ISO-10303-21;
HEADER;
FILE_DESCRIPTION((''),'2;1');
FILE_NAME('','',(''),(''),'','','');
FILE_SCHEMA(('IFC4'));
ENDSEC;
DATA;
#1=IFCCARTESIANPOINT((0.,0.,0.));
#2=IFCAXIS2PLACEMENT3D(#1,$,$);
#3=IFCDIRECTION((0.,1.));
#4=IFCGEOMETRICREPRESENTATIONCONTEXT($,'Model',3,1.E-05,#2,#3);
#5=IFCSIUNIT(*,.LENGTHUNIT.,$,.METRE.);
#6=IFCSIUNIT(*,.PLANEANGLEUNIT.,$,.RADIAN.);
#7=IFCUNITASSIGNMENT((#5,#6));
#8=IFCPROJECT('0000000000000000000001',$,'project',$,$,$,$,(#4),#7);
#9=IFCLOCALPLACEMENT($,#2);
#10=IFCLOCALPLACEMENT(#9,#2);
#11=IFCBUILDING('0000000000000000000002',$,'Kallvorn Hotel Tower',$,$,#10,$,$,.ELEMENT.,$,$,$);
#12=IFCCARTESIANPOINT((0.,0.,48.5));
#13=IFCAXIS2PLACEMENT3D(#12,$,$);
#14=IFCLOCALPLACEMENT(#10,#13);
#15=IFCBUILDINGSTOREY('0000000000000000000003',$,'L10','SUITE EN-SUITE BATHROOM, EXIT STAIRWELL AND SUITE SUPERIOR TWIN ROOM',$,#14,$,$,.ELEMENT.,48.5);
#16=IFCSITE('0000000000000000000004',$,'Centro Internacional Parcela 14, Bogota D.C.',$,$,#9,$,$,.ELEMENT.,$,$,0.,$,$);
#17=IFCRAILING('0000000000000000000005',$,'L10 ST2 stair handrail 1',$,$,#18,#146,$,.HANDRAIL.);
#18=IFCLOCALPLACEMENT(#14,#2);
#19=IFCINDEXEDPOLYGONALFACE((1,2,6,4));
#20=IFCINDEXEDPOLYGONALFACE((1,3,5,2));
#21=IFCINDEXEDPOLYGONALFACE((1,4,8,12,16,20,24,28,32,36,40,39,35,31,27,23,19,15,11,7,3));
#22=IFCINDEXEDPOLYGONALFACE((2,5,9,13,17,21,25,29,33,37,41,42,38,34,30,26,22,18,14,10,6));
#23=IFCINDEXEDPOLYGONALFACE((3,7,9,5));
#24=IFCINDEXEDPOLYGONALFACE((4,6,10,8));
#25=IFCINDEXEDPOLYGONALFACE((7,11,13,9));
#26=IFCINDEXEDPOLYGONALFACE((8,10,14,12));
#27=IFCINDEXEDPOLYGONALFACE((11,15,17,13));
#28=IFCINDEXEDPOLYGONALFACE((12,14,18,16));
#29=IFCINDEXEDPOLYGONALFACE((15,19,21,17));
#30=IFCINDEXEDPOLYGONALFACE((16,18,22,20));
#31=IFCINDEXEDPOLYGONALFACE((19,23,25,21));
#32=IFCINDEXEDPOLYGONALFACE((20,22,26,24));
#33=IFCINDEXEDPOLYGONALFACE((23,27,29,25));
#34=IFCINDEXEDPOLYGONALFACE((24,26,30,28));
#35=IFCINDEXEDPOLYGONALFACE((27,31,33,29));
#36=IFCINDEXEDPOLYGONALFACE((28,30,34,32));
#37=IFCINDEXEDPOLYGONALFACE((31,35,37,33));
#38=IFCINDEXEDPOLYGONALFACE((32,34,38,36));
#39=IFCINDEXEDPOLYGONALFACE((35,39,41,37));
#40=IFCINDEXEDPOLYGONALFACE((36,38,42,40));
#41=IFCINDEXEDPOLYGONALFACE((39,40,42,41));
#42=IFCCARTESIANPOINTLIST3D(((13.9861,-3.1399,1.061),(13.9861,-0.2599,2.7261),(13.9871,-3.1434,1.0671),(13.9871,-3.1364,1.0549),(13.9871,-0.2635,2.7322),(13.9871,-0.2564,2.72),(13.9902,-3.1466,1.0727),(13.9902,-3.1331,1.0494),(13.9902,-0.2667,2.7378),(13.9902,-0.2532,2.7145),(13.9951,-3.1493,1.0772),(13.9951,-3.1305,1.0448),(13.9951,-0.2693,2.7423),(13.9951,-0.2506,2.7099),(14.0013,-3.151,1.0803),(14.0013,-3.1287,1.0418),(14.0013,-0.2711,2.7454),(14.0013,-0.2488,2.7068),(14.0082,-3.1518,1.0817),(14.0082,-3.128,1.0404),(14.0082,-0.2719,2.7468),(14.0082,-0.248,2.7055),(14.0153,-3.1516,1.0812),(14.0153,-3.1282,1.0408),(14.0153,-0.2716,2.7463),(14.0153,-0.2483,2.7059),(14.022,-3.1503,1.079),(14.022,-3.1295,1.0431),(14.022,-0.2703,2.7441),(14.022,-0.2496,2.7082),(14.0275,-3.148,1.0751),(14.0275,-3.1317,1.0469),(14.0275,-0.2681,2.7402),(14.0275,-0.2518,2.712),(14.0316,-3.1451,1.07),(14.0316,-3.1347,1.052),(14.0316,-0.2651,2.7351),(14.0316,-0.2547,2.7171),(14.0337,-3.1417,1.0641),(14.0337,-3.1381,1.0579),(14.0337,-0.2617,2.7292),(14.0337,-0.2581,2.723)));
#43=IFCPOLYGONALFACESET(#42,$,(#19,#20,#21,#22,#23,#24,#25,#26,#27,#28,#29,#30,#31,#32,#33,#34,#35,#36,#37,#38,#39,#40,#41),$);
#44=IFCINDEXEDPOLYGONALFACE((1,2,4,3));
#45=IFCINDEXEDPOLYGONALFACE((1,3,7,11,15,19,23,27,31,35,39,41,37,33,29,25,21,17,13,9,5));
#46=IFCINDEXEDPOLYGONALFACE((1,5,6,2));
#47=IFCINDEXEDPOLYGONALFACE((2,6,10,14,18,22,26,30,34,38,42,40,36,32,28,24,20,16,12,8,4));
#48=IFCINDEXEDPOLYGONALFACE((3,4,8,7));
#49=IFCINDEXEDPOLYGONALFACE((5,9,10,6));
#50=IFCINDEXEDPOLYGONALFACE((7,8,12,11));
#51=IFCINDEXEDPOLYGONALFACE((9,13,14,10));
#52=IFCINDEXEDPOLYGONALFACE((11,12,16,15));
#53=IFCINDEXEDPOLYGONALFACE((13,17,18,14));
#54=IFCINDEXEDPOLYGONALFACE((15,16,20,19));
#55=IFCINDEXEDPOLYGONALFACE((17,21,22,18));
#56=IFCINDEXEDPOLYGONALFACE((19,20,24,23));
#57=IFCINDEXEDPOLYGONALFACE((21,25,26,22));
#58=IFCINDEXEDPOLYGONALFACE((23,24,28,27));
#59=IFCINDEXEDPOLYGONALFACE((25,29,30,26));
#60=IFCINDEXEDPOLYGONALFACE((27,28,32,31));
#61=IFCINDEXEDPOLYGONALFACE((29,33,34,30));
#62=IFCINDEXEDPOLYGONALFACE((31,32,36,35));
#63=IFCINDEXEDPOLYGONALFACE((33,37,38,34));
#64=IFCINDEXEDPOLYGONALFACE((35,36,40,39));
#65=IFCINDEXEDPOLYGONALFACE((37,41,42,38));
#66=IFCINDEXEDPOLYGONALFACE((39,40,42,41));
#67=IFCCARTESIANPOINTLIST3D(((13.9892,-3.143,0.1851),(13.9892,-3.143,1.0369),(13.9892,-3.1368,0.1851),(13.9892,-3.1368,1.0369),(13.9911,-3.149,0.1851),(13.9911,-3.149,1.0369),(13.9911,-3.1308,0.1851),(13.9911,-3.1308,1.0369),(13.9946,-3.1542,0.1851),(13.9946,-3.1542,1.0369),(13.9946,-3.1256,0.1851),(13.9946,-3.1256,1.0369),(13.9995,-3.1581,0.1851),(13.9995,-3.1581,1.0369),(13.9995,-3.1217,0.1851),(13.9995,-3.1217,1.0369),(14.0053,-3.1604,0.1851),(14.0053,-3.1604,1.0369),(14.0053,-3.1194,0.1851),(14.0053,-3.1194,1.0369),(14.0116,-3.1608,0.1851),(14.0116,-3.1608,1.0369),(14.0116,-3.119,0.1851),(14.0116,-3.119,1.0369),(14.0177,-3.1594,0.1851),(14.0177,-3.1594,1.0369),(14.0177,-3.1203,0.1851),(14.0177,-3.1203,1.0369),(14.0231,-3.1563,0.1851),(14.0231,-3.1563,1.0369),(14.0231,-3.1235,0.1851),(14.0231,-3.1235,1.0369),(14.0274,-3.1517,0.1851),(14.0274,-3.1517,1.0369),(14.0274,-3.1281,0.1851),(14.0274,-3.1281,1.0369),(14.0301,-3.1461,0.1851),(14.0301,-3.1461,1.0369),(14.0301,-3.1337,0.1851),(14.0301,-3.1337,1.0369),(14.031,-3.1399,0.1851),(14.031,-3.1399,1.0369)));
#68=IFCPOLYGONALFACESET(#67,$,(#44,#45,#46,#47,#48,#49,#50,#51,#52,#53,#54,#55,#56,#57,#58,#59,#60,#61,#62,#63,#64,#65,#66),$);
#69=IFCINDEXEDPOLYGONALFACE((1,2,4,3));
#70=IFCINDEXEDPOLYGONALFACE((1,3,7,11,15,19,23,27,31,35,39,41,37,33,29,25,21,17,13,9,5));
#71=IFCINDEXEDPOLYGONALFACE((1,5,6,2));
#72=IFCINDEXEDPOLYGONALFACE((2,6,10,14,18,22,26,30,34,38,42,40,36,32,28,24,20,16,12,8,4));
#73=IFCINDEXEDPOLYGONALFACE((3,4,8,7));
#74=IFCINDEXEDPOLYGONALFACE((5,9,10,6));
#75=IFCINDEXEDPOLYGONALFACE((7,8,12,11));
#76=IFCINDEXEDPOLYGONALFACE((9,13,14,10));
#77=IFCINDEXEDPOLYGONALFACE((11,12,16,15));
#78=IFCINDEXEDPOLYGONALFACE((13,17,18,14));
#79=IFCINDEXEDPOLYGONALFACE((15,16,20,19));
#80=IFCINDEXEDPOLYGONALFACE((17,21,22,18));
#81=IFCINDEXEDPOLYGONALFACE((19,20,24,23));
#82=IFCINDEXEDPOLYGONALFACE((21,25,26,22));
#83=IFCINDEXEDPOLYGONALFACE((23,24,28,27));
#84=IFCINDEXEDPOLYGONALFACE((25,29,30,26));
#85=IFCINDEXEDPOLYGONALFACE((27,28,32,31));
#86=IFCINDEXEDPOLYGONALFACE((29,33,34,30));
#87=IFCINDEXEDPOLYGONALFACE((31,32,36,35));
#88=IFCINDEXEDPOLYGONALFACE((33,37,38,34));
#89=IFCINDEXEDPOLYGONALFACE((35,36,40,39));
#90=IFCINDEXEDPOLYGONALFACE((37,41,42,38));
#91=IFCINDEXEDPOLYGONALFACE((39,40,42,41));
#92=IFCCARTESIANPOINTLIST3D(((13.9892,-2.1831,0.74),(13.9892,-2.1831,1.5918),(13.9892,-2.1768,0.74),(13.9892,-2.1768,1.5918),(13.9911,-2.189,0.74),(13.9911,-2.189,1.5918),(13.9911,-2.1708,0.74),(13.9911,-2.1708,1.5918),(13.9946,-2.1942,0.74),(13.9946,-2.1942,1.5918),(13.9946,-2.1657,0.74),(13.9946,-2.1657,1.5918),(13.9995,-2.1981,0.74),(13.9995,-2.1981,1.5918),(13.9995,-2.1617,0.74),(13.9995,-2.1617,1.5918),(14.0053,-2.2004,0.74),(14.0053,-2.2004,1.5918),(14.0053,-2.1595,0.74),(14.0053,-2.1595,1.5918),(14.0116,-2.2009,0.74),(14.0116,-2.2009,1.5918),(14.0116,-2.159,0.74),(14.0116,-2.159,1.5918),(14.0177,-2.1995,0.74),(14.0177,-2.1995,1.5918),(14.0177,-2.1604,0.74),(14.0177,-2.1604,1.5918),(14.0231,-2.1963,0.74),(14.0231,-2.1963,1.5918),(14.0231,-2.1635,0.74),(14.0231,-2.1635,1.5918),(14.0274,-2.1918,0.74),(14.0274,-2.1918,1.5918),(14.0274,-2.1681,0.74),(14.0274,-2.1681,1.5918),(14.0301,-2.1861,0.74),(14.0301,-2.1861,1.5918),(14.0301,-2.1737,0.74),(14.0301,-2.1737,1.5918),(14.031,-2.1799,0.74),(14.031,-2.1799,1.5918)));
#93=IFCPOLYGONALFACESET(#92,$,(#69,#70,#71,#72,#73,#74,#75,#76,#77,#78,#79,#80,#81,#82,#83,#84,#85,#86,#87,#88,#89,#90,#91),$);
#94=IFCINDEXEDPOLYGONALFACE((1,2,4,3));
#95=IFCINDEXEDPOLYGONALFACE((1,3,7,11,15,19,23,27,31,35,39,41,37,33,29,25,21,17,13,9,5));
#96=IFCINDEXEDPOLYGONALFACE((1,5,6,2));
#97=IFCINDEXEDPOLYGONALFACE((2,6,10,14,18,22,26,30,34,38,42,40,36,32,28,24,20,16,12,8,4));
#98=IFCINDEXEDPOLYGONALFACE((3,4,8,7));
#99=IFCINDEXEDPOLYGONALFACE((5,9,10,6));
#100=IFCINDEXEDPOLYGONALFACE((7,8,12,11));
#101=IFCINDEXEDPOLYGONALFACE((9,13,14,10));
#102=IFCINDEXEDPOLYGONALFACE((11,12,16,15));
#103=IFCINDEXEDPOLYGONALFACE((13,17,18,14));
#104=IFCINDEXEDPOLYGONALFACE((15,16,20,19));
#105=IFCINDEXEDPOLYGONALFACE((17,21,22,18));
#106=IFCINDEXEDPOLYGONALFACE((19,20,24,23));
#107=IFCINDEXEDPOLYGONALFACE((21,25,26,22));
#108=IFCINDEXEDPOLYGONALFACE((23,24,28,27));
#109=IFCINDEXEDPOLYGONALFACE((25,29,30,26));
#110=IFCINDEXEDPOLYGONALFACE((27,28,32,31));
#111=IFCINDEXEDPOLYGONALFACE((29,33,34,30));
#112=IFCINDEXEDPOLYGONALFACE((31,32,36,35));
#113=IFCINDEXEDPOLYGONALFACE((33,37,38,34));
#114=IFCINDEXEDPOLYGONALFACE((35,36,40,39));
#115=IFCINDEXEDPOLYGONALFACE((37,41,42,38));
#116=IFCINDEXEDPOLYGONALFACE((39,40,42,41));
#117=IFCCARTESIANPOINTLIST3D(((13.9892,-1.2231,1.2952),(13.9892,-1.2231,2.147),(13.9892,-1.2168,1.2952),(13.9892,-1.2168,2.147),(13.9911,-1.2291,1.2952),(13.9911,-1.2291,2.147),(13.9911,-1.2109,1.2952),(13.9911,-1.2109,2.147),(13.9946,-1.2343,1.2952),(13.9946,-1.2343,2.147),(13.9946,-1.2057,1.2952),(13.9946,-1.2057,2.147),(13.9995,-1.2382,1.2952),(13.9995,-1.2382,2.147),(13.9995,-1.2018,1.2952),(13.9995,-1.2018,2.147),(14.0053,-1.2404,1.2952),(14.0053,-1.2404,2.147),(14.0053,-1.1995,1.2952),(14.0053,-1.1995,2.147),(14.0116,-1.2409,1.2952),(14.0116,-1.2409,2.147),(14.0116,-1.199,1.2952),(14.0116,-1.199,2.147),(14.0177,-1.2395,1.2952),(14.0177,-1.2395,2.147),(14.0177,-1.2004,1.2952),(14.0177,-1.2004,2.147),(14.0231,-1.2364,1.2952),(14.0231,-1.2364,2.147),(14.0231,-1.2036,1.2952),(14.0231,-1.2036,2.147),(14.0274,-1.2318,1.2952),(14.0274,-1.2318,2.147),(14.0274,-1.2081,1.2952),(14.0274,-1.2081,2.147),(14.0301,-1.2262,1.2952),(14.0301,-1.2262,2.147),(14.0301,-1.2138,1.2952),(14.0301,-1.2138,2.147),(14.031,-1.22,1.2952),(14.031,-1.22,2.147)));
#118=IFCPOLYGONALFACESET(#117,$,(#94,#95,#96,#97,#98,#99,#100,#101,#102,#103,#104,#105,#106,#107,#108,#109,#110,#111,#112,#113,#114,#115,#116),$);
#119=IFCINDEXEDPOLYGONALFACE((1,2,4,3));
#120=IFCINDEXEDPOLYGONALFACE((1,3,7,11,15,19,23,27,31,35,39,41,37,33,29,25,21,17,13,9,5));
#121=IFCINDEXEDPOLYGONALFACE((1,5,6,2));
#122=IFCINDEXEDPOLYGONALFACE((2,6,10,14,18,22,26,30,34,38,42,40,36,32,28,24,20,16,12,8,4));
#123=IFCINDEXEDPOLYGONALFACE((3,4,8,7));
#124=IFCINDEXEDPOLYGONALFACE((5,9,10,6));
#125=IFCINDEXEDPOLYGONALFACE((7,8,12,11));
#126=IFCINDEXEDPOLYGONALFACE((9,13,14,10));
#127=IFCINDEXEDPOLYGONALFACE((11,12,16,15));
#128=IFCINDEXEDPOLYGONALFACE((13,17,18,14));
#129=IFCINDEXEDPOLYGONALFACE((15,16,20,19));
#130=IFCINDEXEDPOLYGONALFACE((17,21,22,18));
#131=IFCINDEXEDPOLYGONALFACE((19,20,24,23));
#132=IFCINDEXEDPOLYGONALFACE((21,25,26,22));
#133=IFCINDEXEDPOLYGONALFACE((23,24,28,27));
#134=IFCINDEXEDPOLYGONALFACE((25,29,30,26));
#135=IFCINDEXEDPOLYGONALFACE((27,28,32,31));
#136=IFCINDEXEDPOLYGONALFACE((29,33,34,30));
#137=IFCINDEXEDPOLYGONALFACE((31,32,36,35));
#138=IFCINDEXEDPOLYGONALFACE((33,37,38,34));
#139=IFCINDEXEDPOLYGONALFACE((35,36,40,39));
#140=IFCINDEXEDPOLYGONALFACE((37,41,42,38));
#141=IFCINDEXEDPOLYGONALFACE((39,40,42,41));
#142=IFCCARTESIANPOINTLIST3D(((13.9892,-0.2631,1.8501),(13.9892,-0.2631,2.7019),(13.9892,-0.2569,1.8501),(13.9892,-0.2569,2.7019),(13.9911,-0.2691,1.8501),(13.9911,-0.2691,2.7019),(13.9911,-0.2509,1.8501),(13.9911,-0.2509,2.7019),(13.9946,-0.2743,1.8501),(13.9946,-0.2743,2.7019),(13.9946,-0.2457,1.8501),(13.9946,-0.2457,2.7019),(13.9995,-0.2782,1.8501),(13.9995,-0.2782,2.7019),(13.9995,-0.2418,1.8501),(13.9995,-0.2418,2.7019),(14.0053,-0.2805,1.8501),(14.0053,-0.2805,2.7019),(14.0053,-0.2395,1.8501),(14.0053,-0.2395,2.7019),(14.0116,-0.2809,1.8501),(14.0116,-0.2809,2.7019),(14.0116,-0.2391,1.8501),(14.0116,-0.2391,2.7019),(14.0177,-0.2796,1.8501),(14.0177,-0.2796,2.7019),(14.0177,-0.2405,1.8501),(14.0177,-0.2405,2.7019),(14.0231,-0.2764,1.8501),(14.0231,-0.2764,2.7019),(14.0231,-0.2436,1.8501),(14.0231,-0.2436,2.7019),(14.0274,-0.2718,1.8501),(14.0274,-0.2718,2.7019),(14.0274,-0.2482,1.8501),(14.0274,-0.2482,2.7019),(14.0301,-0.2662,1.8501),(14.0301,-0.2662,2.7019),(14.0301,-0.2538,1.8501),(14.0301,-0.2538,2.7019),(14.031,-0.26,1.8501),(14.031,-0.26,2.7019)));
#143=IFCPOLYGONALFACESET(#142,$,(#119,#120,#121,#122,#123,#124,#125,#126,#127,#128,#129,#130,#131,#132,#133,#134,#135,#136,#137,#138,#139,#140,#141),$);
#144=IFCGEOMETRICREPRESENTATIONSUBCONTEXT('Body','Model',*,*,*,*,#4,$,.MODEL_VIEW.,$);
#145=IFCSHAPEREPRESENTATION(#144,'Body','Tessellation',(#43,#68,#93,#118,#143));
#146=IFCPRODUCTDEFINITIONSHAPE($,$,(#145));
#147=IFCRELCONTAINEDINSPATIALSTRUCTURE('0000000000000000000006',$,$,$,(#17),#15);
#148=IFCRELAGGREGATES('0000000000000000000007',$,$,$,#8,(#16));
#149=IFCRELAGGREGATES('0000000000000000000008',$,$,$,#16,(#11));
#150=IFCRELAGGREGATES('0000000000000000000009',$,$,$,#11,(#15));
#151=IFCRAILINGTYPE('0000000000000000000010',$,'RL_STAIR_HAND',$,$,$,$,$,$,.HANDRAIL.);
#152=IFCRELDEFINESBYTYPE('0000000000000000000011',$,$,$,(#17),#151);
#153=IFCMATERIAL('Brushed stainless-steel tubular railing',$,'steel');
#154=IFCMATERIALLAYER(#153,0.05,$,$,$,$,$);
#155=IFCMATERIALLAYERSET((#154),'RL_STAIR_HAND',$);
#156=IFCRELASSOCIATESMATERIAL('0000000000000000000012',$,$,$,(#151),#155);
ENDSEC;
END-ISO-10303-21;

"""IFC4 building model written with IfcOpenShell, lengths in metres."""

from ifc_helpers import new_model, si_unit, direction, frame, origin, origin_2d, place, context, subcontext, project, spatial, circle, extrude, material, layer, layer_set, type_object, element, save


model = new_model("IFC4")

# Units and contexts
model_context = context("Model", 3, precision=1e-05, world=origin(), true_north=direction((0.0, 1.0)))
body_context = subcontext(model_context, "Body", "Model", "MODEL_VIEW")
ifc_project = project(units=[si_unit("LENGTHUNIT", "METRE"), si_unit("PLANEANGLEUNIT", "RADIAN")], contexts=[model_context])

# Site, building, storey
site_placement = place(None, origin())
site = spatial("IfcSite", under=ifc_project, at=site_placement, Name="Centro Internacional Parcela 14, Bogota D.C.", CompositionType="ELEMENT", RefElevation=0.0)
building_placement = place(site_placement, origin())
building = spatial("IfcBuilding", under=site, at=building_placement, Name="Kallvorn Hotel Tower", CompositionType="ELEMENT")
storey_placement = place(building_placement, frame((0.0, 0.0, 48.5)))
storey = spatial("IfcBuildingStorey", under=building, at=storey_placement, Name="L10", Description="SUITE EN-SUITE BATHROOM, EXIT STAIRWELL AND SUITE SUPERIOR TWIN ROOM", CompositionType="ELEMENT", Elevation=48.5)

# Railing
ifc_material_1 = material(Name="Brushed stainless-steel tubular railing", Category="steel")
ifc_layer_1 = layer(ifc_material_1, 0.05)
ifc_layer_set_1 = layer_set([ifc_layer_1], Name="RL_STAIR_HAND")
railing_type_1 = type_object("IfcRailingType", Name="RL_STAIR_HAND", PredefinedType="HANDRAIL", material=ifc_layer_set_1)
railing_1_placement = place(storey_placement, frame((14.01, -3.1399, 0.1851)))
element("IfcRailing", 1, at=railing_1_placement, inside=storey, type_object=railing_type_1, Name="L10 ST2 stair handrail 1", PredefinedType="HANDRAIL", context=body_context, shape_type="SweptSolid", body=[
    extrude(circle(Radius=0.0239, at=origin_2d()), frame((0.0, 0.0, 0.876), z_axis=(0.0, 0.865721, 0.500527), x_axis=(-1.0, 0.0, 0.0)), (0.0, 0.0, 1.0), 3.3267),
    extrude(circle(Radius=0.021, at=origin_2d()), origin(), (0.0, 0.0, 1.0), 0.8518),
    extrude(circle(Radius=0.021, at=origin_2d()), frame((0.0, 0.96, 0.5549)), (0.0, 0.0, 1.0), 0.8518),
    extrude(circle(Radius=0.021, at=origin_2d()), frame((0.0, 1.9199, 1.1101)), (0.0, 0.0, 1.0), 0.8518),
    extrude(circle(Radius=0.021, at=origin_2d()), frame((0.0, 2.8799, 1.665)), (0.0, 0.0, 1.0), 0.8518),
])

save(model, "model.ifc")
